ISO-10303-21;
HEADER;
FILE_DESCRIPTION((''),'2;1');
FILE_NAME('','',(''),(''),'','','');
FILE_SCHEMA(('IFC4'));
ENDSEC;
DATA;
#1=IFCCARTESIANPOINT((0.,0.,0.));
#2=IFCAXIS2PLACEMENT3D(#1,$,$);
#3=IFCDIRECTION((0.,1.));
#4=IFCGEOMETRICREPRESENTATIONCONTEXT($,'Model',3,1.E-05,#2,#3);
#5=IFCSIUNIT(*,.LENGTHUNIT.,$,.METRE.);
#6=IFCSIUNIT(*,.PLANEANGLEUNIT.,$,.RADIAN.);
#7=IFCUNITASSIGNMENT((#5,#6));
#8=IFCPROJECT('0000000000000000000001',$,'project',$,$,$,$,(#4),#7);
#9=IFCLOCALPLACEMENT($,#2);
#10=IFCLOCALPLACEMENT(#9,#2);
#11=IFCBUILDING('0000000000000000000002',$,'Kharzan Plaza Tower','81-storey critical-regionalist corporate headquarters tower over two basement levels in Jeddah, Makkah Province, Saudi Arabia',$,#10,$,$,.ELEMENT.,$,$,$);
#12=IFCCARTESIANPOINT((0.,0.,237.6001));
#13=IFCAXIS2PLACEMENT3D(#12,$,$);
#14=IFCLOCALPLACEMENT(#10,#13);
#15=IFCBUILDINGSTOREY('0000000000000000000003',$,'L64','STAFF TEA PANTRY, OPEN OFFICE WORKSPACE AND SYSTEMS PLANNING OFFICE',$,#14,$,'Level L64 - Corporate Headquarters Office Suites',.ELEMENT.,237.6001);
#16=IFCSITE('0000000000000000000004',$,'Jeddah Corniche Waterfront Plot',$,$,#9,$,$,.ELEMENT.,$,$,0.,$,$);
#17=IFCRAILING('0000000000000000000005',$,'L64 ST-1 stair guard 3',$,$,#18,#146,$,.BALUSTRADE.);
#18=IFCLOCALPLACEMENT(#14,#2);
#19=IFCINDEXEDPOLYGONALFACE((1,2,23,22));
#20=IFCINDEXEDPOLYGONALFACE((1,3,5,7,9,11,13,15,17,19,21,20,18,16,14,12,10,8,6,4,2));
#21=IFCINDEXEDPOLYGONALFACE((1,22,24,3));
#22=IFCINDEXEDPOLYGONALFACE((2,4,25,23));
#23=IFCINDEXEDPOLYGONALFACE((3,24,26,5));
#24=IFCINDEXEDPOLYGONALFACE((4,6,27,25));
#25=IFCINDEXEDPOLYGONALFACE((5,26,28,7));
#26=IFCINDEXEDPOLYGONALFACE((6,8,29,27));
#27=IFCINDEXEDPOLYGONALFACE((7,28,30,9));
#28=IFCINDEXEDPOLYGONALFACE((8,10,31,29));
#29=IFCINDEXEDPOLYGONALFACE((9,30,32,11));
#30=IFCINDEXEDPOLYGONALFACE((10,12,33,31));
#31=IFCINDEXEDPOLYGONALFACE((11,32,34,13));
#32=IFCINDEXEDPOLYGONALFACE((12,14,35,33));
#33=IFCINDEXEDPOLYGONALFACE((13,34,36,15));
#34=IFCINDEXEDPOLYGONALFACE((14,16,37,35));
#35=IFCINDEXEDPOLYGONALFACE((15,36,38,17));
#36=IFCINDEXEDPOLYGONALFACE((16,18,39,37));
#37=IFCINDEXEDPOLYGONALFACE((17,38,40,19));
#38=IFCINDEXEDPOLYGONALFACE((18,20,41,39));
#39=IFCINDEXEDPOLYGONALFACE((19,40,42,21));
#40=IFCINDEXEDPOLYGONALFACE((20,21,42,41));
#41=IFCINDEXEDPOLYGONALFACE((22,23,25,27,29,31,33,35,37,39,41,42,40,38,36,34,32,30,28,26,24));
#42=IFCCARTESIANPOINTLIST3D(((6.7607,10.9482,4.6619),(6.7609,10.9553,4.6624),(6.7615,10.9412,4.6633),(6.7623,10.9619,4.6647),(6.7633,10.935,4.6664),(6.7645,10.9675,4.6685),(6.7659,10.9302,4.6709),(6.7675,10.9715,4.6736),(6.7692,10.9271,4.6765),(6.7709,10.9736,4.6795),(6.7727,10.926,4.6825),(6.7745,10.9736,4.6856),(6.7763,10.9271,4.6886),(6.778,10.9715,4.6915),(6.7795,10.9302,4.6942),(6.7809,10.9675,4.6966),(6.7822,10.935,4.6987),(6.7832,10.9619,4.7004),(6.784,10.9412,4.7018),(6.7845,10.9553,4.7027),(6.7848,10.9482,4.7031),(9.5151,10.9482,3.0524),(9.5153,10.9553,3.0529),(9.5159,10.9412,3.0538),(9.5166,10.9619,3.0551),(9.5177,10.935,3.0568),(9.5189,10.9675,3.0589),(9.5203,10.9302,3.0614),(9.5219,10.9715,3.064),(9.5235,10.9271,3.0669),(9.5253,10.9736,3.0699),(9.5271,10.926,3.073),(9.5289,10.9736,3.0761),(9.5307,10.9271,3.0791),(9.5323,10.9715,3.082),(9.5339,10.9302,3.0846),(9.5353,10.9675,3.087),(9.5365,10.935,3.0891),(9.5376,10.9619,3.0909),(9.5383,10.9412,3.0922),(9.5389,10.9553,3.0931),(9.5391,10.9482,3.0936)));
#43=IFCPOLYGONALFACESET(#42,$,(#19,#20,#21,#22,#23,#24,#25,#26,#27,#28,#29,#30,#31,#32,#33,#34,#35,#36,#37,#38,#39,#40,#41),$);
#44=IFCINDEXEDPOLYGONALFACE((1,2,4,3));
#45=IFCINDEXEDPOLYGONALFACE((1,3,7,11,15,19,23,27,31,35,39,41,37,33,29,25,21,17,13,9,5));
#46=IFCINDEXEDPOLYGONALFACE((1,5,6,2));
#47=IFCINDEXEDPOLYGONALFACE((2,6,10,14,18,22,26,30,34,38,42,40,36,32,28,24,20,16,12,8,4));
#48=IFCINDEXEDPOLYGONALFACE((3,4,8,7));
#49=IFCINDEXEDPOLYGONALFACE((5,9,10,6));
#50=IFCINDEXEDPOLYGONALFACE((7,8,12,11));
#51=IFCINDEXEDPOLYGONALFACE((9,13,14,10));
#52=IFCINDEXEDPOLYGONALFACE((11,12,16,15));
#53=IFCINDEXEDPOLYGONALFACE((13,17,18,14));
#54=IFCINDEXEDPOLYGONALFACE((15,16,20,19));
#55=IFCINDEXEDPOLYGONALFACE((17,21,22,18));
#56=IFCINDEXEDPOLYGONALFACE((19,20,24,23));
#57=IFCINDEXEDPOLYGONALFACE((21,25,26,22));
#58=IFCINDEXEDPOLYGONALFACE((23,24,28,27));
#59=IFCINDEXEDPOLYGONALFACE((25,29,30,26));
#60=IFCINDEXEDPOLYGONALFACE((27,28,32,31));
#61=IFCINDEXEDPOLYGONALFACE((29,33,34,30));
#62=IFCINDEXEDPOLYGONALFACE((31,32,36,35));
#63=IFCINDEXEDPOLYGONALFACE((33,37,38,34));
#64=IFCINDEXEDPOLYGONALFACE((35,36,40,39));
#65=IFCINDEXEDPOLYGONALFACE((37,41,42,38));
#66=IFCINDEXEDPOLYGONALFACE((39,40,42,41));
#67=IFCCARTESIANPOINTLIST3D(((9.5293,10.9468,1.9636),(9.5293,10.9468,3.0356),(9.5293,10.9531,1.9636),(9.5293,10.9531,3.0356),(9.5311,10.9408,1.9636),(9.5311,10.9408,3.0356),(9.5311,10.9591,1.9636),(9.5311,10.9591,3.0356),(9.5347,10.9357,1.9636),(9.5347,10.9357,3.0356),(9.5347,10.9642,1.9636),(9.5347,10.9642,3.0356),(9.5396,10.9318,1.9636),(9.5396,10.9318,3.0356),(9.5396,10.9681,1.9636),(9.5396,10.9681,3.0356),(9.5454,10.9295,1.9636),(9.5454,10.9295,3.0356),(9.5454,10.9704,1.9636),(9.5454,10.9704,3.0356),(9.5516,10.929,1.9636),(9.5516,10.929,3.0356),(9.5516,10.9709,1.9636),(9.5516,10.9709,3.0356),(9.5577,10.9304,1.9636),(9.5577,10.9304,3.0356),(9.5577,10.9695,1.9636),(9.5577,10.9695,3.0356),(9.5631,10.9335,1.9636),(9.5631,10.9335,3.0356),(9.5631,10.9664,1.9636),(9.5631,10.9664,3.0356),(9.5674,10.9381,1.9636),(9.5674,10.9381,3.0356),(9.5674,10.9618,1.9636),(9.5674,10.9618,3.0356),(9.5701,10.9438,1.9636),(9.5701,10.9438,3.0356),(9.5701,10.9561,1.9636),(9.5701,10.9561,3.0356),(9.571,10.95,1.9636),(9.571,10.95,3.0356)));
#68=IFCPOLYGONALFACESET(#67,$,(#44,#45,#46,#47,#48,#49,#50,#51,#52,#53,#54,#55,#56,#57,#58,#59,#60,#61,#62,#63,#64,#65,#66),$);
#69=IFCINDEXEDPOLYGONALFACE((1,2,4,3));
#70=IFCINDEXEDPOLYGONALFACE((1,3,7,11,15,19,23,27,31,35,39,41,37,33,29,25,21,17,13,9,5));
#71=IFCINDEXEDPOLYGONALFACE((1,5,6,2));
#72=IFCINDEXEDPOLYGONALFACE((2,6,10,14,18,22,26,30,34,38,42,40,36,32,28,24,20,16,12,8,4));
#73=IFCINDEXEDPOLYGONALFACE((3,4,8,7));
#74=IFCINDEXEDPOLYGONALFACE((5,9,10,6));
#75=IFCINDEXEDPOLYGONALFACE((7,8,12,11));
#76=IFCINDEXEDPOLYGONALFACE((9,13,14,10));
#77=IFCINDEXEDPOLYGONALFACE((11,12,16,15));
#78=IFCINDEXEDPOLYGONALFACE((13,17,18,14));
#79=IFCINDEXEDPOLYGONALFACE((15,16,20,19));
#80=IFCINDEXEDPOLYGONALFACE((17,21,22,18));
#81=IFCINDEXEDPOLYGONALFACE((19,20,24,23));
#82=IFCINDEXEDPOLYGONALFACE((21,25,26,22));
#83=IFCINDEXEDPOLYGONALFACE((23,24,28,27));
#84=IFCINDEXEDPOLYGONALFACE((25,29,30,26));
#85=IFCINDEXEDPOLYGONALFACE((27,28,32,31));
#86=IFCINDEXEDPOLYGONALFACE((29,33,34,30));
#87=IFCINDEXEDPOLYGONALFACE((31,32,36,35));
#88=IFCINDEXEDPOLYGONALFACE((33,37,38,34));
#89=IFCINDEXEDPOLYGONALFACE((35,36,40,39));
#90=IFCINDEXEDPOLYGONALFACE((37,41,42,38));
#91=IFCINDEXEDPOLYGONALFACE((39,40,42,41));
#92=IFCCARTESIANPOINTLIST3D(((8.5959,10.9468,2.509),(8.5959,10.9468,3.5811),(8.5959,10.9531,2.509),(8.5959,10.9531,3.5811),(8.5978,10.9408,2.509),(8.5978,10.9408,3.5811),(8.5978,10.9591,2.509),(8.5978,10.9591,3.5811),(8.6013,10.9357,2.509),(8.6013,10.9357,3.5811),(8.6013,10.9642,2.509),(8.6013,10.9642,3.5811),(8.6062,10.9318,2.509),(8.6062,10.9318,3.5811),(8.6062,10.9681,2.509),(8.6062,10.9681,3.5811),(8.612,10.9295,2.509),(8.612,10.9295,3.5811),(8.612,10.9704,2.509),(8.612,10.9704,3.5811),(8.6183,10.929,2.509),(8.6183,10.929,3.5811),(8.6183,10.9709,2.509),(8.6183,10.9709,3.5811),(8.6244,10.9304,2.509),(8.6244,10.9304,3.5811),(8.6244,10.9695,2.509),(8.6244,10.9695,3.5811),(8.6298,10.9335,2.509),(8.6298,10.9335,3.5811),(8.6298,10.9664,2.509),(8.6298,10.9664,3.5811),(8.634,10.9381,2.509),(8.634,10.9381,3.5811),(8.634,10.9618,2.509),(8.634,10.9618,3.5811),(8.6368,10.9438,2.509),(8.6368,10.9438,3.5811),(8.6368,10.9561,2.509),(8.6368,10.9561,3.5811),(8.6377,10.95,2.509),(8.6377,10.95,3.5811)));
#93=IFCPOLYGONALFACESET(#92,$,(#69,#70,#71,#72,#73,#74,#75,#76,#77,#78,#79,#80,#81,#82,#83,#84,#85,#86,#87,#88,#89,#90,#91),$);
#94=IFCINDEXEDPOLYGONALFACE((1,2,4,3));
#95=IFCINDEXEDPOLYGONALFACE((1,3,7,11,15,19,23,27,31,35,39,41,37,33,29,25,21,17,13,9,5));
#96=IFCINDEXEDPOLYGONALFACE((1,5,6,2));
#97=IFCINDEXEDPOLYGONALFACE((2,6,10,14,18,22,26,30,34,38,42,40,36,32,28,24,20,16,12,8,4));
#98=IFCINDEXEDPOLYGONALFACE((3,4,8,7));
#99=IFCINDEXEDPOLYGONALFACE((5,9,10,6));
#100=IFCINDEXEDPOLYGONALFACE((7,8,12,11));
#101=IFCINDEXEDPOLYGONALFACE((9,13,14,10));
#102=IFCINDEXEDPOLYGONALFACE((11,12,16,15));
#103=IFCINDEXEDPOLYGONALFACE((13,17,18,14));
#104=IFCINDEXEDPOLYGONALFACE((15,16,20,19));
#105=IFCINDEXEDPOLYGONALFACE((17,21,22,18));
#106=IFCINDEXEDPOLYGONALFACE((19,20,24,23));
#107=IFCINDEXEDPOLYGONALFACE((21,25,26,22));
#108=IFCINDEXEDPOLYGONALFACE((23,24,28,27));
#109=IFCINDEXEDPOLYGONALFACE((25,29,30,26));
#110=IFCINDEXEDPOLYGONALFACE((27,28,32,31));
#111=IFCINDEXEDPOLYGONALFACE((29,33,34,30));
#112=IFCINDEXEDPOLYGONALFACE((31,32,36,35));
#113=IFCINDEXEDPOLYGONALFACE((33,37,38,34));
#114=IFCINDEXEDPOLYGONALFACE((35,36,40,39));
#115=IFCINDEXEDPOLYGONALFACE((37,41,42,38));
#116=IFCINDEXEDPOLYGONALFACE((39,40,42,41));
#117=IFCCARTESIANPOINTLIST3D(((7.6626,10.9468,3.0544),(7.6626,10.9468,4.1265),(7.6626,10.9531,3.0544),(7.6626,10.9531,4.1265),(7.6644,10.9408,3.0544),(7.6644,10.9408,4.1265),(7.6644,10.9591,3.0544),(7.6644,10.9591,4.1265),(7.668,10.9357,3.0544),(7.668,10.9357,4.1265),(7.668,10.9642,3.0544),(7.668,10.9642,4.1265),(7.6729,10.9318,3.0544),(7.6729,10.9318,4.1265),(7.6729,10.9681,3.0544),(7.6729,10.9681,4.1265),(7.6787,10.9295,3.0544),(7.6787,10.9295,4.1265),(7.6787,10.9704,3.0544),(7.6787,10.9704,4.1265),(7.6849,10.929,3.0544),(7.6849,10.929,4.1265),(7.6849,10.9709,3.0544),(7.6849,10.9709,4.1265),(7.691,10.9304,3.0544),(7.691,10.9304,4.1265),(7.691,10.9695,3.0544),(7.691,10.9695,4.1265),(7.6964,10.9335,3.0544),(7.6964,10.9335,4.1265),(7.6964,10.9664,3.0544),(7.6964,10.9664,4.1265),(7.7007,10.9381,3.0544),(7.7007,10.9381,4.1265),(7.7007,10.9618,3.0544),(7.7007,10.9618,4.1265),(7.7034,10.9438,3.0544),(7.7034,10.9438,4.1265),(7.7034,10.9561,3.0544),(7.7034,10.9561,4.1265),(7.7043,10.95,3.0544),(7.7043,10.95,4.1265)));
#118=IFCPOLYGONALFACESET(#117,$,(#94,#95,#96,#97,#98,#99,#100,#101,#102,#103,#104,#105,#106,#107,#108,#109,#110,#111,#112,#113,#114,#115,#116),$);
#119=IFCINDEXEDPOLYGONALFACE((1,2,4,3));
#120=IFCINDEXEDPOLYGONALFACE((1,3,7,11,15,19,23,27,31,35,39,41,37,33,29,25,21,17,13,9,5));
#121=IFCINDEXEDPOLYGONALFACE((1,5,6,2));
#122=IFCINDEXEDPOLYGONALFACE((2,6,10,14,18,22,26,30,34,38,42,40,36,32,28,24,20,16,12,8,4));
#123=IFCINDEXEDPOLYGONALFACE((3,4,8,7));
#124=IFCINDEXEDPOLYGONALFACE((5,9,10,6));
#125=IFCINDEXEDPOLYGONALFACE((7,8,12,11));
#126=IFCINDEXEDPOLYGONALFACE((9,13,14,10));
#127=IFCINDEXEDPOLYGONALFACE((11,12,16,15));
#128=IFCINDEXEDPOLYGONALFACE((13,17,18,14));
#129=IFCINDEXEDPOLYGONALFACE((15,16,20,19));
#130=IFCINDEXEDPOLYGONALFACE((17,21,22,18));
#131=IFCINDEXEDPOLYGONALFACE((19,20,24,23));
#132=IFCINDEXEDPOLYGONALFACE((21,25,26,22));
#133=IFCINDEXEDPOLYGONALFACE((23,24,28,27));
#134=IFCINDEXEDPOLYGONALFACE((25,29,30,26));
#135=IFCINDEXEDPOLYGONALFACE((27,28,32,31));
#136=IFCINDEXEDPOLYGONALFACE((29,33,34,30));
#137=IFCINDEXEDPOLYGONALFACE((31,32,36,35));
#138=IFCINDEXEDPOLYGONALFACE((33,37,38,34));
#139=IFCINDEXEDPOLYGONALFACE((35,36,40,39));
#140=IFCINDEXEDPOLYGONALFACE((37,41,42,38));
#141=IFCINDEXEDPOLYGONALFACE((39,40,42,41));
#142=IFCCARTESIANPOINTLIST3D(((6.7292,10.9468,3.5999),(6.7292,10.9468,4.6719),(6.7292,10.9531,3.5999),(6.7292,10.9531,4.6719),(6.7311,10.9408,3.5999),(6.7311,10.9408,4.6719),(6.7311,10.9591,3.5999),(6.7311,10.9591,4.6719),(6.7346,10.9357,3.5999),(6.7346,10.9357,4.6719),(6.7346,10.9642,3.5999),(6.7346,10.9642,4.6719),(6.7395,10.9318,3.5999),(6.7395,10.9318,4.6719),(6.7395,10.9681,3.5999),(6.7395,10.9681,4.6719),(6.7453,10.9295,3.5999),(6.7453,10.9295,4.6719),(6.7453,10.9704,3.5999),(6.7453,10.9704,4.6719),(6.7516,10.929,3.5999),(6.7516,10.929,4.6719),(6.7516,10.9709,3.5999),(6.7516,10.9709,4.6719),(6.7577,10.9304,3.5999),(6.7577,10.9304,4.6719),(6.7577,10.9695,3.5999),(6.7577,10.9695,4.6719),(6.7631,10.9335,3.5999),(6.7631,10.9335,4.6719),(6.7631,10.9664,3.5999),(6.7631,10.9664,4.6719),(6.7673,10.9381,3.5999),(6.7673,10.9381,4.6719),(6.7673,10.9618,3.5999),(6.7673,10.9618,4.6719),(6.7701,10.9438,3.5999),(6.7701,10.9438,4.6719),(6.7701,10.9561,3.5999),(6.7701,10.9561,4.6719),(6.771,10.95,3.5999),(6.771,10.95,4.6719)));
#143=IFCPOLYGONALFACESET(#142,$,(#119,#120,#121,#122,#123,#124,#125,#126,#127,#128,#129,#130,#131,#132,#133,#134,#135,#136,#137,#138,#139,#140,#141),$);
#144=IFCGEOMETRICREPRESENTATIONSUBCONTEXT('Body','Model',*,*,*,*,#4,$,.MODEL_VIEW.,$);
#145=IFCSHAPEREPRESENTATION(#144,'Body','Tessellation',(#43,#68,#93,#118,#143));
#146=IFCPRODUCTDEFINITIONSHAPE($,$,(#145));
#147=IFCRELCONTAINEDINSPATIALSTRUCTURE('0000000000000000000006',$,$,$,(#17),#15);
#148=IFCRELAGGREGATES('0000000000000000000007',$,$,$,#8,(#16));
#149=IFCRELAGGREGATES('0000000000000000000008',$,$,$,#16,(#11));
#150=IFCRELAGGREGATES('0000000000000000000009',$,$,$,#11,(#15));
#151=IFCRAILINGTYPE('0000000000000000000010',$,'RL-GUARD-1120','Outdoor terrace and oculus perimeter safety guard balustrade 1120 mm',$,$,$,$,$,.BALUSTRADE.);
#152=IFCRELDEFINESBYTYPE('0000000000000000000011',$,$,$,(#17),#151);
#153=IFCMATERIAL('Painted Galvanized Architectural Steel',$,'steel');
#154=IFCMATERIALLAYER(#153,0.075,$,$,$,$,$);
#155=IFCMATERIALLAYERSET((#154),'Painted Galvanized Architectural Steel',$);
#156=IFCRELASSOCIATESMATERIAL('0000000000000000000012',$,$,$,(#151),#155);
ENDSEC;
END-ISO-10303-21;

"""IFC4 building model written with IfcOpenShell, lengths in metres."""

from ifc_helpers import new_model, si_unit, direction, frame, origin, origin_2d, place, context, subcontext, project, spatial, circle, extrude, source, transform, mapped, material, layer, layer_set, type_object, element, save


model = new_model("IFC4")

# Units and contexts
model_context = context("Model", 3, precision=1e-05, world=origin(), true_north=direction((0.0, 1.0)))
body_context = subcontext(model_context, "Body", "Model", "MODEL_VIEW")
ifc_project = project(units=[si_unit("LENGTHUNIT", "METRE"), si_unit("PLANEANGLEUNIT", "RADIAN")], contexts=[model_context])

# Site, building, storey
site_placement = place(None, origin())
site = spatial("IfcSite", under=ifc_project, at=site_placement, Name="Jeddah Corniche Waterfront Plot", CompositionType="ELEMENT", RefElevation=0.0)
building_placement = place(site_placement, origin())
building = spatial("IfcBuilding", under=site, at=building_placement, Name="Kharzan Plaza Tower", Description="81-storey critical-regionalist corporate headquarters tower over two basement levels in Jeddah, Makkah Province, Saudi Arabia", CompositionType="ELEMENT")
storey_placement = place(building_placement, frame((0.0, 0.0, 237.6001)))
storey = spatial("IfcBuildingStorey", under=building, at=storey_placement, Name="L64", Description="STAFF TEA PANTRY, OPEN OFFICE WORKSPACE AND SYSTEMS PLANNING OFFICE", LongName="Level L64 - Corporate Headquarters Office Suites", CompositionType="ELEMENT", Elevation=237.6001)

# Railing
ifc_material_1 = material(Name="Painted Galvanized Architectural Steel", Category="steel")
ifc_layer_1 = layer(ifc_material_1, 0.075)
ifc_layer_set_1 = layer_set([ifc_layer_1], Name="Painted Galvanized Architectural Steel")
railing_type_1 = type_object("IfcRailingType", Name="RL-GUARD-1120", Description="Outdoor terrace and oculus perimeter safety guard balustrade 1120 mm", PredefinedType="BALUSTRADE", material=ifc_layer_set_1)
shared_shape_1 = source(origin(), body_context, "Body", "SweptSolid", [
    extrude(circle(Radius=0.0239, at=origin_2d()), frame((-0.0229, 0.0, 1.1094), z_axis=(-0.863394, 0.0, 0.504531), x_axis=(0.0, -1.0, 0.0)), (0.0, 0.0, 1.0), 3.1902),
    extrude(circle(Radius=0.021, at=origin_2d()), origin(), (0.0, 0.0, 1.0), 1.072),
    extrude(circle(Radius=0.021, at=origin_2d()), frame((-0.9333, 0.0, 0.5454)), (0.0, 0.0, 1.0), 1.072),
    extrude(circle(Radius=0.021, at=origin_2d()), frame((-1.8667, 0.0, 1.0908)), (0.0, 0.0, 1.0), 1.072),
    extrude(circle(Radius=0.021, at=origin_2d()), frame((-2.8, 0.0, 1.6362)), (0.0, 0.0, 1.0), 1.072),
])
railing_1_placement = place(storey_placement, frame((9.55, 10.95, 1.9636)))
element("IfcRailing", 1, at=railing_1_placement, inside=storey, type_object=railing_type_1, Name="L64 ST-1 stair guard 3", PredefinedType="BALUSTRADE", context=body_context, shape_type="MappedRepresentation", body=[
    mapped(shared_shape_1, transform((0.0, 0.0, 0.0), x_axis=(1.0, 0.0, 0.0), y_axis=(0.0, 1.0, 0.0), z_axis=(0.0, 0.0, 1.0))),
])

save(model, "model.ifc")
